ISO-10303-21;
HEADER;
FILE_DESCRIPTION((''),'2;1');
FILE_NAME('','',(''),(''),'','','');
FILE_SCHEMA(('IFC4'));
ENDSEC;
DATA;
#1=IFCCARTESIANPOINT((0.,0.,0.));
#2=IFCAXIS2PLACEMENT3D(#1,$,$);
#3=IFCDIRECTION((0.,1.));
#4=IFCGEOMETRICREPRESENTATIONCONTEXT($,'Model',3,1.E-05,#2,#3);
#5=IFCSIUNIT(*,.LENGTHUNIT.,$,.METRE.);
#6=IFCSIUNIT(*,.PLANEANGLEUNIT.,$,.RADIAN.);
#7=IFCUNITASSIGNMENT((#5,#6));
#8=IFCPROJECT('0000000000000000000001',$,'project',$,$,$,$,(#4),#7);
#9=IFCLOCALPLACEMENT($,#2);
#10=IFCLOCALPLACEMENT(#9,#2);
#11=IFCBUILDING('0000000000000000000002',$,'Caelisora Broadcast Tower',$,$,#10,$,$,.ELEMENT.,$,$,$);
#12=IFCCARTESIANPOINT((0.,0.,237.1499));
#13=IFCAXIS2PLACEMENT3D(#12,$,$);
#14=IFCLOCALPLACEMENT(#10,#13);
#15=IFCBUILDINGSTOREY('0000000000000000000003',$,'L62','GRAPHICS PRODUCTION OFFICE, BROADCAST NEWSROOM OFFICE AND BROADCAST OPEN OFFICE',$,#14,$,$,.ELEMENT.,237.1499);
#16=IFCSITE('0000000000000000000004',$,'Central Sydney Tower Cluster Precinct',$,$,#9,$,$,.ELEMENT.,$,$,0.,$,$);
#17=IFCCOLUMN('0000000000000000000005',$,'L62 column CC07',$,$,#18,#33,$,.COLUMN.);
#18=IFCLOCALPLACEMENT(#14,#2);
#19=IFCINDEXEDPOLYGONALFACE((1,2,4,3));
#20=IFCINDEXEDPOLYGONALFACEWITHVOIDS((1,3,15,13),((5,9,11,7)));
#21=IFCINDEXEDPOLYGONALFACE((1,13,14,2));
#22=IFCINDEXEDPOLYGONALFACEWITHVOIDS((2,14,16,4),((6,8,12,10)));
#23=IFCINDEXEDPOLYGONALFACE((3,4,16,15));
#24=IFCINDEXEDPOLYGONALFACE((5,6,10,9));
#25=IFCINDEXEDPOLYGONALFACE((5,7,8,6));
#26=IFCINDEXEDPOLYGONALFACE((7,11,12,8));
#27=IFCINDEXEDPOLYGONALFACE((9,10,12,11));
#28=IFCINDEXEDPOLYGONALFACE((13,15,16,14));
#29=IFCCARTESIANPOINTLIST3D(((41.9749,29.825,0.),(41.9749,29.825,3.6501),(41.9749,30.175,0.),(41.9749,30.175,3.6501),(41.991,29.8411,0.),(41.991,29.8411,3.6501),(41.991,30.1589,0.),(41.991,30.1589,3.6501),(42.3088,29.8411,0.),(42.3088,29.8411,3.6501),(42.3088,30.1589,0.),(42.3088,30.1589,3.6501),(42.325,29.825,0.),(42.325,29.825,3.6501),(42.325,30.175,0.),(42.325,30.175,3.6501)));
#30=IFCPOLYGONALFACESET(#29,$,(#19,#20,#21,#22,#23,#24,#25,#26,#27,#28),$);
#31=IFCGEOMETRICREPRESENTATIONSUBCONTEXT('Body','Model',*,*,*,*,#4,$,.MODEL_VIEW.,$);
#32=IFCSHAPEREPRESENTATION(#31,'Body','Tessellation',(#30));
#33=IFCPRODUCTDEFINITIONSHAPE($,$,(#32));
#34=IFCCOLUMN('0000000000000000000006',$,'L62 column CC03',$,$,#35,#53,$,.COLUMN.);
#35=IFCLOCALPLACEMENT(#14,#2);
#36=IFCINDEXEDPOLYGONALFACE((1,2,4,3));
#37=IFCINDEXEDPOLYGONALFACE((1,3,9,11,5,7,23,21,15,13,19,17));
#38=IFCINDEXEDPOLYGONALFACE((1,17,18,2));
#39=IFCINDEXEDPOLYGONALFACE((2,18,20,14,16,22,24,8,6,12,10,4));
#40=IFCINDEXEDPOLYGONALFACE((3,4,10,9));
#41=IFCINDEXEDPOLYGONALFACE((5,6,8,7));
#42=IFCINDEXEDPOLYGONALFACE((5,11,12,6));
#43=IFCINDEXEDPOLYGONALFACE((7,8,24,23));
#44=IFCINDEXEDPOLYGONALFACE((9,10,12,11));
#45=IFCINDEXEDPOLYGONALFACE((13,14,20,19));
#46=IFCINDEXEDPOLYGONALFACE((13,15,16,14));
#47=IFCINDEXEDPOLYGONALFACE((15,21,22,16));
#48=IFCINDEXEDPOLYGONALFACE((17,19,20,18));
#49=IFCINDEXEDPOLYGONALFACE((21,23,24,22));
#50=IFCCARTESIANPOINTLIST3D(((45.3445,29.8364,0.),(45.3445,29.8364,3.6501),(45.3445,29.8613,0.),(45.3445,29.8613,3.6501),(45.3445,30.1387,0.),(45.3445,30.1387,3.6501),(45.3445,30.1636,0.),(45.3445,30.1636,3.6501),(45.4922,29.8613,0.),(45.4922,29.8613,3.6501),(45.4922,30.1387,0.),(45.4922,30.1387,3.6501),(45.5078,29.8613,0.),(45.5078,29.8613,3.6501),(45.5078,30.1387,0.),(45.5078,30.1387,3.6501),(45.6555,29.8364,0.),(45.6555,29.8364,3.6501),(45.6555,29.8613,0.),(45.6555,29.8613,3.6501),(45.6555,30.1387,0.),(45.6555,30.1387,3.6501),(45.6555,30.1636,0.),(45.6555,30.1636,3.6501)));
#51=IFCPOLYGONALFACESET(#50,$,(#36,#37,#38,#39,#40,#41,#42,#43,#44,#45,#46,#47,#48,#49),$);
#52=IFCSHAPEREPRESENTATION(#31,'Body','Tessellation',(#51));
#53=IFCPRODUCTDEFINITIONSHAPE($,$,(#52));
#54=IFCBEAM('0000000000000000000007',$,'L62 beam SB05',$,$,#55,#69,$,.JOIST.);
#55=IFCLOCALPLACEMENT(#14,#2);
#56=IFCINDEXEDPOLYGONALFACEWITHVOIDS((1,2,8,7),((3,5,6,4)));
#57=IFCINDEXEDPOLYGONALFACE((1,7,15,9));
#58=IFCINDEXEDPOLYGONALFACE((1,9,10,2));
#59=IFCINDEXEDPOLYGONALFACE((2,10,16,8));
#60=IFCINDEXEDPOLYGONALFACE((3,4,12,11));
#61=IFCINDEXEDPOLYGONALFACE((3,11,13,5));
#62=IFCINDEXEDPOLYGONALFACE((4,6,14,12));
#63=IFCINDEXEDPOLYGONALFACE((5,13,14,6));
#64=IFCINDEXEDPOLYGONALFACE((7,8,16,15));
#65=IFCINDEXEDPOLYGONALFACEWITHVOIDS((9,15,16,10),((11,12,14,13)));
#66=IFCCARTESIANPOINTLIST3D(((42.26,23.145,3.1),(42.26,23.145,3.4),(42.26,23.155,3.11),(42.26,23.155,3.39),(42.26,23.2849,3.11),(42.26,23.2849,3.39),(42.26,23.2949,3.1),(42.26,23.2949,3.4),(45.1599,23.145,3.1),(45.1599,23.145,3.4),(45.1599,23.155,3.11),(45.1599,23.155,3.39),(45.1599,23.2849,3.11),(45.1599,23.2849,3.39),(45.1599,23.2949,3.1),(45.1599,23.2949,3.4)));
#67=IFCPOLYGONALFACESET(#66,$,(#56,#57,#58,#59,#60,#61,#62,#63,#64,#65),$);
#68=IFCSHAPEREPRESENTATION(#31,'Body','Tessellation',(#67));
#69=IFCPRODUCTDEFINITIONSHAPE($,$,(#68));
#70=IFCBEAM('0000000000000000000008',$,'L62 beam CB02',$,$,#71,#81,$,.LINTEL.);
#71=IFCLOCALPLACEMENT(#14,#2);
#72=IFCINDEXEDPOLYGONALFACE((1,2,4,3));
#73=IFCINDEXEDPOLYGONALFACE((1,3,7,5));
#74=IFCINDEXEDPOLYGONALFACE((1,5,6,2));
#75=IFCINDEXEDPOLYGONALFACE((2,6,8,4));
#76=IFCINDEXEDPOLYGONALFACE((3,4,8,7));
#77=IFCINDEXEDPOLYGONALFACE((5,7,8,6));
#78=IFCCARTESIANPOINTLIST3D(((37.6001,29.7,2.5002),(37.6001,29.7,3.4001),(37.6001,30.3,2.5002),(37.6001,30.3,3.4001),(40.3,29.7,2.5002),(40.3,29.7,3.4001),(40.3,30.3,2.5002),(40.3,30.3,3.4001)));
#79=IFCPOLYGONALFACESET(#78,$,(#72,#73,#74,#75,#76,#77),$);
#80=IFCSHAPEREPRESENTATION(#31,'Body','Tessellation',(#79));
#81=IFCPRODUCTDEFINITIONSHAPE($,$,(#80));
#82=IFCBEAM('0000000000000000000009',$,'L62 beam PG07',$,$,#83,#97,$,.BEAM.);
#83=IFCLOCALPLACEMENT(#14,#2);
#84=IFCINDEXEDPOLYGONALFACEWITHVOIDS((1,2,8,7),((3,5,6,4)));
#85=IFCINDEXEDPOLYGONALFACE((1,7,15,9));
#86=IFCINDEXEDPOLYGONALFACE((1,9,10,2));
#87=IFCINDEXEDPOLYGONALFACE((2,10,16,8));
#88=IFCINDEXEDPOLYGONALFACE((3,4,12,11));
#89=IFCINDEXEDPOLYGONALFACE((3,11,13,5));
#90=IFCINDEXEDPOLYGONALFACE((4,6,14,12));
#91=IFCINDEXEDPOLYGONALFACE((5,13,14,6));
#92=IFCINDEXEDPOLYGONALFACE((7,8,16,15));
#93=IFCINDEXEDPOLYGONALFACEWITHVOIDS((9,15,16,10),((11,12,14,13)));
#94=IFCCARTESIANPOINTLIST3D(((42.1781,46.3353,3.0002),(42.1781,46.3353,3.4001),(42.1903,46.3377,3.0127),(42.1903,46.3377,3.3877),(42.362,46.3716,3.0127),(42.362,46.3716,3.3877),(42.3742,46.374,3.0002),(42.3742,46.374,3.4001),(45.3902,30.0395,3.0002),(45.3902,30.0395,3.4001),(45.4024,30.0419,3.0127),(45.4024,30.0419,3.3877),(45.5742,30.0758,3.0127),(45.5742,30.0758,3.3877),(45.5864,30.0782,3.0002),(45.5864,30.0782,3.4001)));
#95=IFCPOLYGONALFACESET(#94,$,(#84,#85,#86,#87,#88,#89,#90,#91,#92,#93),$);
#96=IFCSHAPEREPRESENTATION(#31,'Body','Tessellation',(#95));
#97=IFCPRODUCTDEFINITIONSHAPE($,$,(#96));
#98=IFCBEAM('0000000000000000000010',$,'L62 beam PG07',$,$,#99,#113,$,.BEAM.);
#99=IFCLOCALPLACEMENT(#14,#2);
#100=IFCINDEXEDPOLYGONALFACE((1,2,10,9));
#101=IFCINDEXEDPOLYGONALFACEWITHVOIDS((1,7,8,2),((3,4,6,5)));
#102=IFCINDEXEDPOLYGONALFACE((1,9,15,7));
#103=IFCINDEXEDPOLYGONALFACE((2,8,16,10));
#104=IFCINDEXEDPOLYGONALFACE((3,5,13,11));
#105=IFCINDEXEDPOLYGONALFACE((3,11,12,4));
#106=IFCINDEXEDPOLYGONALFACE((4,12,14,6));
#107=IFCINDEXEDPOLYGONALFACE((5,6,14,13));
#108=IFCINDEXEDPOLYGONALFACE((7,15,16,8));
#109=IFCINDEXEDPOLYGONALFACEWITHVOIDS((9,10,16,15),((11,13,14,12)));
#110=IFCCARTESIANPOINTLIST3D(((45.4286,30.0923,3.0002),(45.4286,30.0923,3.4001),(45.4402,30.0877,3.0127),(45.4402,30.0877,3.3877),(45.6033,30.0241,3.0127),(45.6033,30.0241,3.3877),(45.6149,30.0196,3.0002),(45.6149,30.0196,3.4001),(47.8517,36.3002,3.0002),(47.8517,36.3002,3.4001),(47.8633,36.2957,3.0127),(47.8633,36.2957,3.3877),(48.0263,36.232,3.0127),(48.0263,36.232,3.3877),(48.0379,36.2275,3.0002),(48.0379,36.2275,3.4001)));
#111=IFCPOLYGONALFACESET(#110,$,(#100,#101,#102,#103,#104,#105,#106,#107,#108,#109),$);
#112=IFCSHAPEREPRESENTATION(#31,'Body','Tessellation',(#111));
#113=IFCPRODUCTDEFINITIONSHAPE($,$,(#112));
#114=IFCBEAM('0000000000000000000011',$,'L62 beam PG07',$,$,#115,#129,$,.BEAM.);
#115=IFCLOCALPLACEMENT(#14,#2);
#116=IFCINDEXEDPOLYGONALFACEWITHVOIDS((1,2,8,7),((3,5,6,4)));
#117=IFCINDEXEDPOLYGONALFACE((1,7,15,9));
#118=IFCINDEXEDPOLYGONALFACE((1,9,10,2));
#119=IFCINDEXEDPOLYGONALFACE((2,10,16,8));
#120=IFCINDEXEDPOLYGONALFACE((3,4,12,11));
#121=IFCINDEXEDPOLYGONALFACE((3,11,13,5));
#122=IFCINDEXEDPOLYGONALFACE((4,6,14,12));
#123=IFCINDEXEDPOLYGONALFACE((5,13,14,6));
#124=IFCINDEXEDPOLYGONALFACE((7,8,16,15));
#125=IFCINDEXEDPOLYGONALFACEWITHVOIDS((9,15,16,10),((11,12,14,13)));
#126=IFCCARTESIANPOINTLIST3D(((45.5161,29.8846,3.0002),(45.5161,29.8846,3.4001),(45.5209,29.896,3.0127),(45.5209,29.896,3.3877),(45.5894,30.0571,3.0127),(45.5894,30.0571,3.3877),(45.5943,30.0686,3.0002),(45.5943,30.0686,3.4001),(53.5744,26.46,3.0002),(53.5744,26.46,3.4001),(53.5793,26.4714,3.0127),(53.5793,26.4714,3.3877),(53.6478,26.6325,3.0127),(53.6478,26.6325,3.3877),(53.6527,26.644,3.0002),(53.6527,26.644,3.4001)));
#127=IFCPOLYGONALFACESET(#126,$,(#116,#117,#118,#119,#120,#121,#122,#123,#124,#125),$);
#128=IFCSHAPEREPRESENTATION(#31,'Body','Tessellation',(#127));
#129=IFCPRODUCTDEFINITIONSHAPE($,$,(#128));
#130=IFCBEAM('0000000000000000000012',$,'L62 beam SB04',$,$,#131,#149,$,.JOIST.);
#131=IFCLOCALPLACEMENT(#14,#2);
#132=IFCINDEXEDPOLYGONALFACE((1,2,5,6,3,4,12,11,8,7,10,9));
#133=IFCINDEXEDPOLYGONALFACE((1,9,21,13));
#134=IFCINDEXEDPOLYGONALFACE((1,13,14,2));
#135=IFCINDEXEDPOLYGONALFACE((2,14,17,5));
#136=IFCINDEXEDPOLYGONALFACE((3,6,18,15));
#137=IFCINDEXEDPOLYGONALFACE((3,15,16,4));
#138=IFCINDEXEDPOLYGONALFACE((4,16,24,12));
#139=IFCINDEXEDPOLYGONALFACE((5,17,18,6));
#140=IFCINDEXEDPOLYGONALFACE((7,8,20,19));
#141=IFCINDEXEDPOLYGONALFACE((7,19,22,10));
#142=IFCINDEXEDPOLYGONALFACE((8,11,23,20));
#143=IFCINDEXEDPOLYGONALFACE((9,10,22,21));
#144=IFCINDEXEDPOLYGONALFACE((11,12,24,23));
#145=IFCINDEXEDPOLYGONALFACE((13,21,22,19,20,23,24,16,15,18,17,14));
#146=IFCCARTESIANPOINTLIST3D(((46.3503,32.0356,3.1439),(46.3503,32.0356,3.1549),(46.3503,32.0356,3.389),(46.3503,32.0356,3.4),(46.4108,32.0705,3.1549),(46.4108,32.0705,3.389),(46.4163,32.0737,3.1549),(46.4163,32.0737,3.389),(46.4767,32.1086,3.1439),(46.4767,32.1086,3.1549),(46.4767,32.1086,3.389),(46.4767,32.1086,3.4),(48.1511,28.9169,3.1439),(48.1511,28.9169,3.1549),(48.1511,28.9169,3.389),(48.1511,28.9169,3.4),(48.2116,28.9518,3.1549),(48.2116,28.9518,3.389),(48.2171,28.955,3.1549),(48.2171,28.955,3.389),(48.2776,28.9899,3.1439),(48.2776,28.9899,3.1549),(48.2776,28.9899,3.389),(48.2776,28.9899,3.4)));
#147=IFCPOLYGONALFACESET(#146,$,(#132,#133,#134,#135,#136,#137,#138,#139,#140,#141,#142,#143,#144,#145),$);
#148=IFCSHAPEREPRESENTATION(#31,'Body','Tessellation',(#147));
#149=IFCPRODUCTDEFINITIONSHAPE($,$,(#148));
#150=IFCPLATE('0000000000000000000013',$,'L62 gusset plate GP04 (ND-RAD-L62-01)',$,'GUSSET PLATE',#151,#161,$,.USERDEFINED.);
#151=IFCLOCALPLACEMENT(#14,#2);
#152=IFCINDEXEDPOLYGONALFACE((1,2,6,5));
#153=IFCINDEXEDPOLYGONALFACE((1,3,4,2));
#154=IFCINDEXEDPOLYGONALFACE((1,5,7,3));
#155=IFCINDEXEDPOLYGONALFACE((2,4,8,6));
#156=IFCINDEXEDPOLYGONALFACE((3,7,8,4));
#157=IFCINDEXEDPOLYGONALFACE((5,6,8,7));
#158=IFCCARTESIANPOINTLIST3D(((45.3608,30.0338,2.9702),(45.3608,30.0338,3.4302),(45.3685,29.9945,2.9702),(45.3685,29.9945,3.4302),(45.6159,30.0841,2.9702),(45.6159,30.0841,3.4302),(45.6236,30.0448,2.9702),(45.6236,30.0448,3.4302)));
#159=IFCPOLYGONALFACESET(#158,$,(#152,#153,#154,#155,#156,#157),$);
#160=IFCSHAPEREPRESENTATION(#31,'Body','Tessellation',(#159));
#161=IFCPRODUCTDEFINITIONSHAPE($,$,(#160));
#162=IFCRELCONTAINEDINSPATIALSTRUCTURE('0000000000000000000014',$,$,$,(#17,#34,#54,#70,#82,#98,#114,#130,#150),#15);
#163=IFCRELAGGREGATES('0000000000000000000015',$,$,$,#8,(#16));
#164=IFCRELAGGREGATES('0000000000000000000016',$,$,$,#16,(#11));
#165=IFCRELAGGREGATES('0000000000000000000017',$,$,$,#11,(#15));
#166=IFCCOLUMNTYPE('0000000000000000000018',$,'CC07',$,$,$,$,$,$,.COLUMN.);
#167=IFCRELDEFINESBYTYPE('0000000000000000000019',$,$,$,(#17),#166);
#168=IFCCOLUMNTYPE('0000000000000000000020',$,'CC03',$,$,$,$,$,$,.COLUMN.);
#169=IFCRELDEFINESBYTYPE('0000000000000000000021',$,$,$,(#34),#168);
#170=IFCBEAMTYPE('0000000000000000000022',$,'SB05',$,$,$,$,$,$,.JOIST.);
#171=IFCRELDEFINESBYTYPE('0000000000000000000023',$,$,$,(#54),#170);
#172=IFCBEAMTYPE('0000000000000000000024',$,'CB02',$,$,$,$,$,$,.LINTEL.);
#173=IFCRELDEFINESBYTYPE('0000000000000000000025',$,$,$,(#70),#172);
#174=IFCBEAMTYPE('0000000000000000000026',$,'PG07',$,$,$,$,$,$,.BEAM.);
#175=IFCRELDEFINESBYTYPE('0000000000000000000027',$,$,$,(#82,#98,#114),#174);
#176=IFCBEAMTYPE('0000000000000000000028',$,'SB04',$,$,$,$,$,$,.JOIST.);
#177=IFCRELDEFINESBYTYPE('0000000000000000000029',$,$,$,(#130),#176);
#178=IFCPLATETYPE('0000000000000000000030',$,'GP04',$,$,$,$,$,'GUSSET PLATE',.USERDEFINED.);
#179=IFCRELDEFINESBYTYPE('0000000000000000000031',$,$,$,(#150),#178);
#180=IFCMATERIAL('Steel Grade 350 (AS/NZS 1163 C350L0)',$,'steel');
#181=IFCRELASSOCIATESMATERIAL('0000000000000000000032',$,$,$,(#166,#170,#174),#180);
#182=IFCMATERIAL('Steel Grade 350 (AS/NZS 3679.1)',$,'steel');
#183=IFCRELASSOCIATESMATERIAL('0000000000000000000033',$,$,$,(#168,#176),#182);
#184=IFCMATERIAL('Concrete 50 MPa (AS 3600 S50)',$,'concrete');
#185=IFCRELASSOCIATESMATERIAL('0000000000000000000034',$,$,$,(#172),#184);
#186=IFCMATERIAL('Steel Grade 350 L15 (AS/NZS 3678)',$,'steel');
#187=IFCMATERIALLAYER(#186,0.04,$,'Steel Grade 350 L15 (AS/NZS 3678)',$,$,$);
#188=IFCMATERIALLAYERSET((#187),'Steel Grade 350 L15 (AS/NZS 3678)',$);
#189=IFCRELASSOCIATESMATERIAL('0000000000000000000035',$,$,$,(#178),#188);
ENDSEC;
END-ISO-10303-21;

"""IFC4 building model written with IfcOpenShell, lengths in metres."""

from ifc_helpers import new_model, si_unit, direction, frame, origin, origin_2d, place, context, subcontext, project, spatial, rectangle, hollow_rectangle, i_section, extrude, source, transform, mapped, material, layer, layer_set, material_profile, profile_set, type_object, type_shapes, element, save


model = new_model("IFC4")

# Units and contexts
model_context = context("Model", 3, precision=1e-05, world=origin(), true_north=direction((0.0, 1.0)))
body_context = subcontext(model_context, "Body", "Model", "MODEL_VIEW")
ifc_project = project(units=[si_unit("LENGTHUNIT", "METRE"), si_unit("PLANEANGLEUNIT", "RADIAN")], contexts=[model_context])

# Site, building, storey
site_placement = place(None, origin())
site = spatial("IfcSite", under=ifc_project, at=site_placement, Name="Central Sydney Tower Cluster Precinct", CompositionType="ELEMENT", RefElevation=0.0)
building_placement = place(site_placement, origin())
building = spatial("IfcBuilding", under=site, at=building_placement, Name="Caelisora Broadcast Tower", CompositionType="ELEMENT")
storey_placement = place(building_placement, frame((0.0, 0.0, 237.1499)))
storey = spatial("IfcBuildingStorey", under=building, at=storey_placement, Name="L62", Description="GRAPHICS PRODUCTION OFFICE, BROADCAST NEWSROOM OFFICE AND BROADCAST OPEN OFFICE", CompositionType="ELEMENT", Elevation=237.1499)

# Columns
ifc_material_1 = material(Name="Steel Grade 350 (AS/NZS 1163 C350L0)", Category="steel")
ifc_material_profile_1 = material_profile(ifc_material_1, hollow_rectangle(XDim=0.3501, YDim=0.3501, WallThickness=0.0161, at=origin_2d()), Name="Steel Grade 350 (AS/NZS 1163 C350L0)")
ifc_profile_set_1 = profile_set([ifc_material_profile_1], Name="Steel Grade 350 (AS/NZS 1163 C350L0)")
column_type_1 = type_object("IfcColumnType", Name="CC07", PredefinedType="COLUMN", material=ifc_profile_set_1)
shared_shape_1 = source(origin(), body_context, "Body", "SweptSolid", [
    extrude(hollow_rectangle(XDim=0.3501, YDim=0.3501, WallThickness=0.0161, at=origin_2d()), origin(), (0.0, 0.0, 1.0), 3.6501),
])
type_shapes(column_type_1, [shared_shape_1])
column_1_placement = place(storey_placement, frame((42.1499, 30.0, 0.0), z_axis=(0.0, 0.0, 1.0), x_axis=(1.0, 0.0, 0.0)))
element("IfcColumn", 1, at=column_1_placement, inside=storey, type_object=column_type_1, Name="L62 column CC07", PredefinedType="COLUMN", context=body_context, shape_type="MappedRepresentation", body=[
    mapped(shared_shape_1, transform((0.0, 0.0, 0.0), scale=1.0)),
])
ifc_material_2 = material(Name="Steel Grade 350 (AS/NZS 3679.1)", Category="steel")
ifc_material_profile_2 = material_profile(ifc_material_2, i_section(OverallWidth=0.311, OverallDepth=0.3271, WebThickness=0.0156, FlangeThickness=0.0249, at=origin_2d()), Name="Steel Grade 350 (AS/NZS 3679.1)")
ifc_profile_set_2 = profile_set([ifc_material_profile_2], Name="Steel Grade 350 (AS/NZS 3679.1)")
column_type_2 = type_object("IfcColumnType", Name="CC03", PredefinedType="COLUMN", material=ifc_profile_set_2)
shared_shape_2 = source(origin(), body_context, "Body", "SweptSolid", [
    extrude(i_section(OverallWidth=0.311, OverallDepth=0.3271, WebThickness=0.0156, FlangeThickness=0.0249, at=origin_2d()), origin(), (0.0, 0.0, 1.0), 3.6501),
])
type_shapes(column_type_2, [shared_shape_2])
column_2_placement = place(storey_placement, frame((45.5, 30.0, 0.0), z_axis=(0.0, 0.0, 1.0), x_axis=(1.0, 0.0, 0.0)))
element("IfcColumn", 2, at=column_2_placement, inside=storey, type_object=column_type_2, Name="L62 column CC03", PredefinedType="COLUMN", context=body_context, shape_type="MappedRepresentation", body=[
    mapped(shared_shape_2, transform((0.0, 0.0, 0.0), scale=1.0)),
])

# Beams
ifc_material_profile_3 = material_profile(ifc_material_1, hollow_rectangle(XDim=0.1499, YDim=0.3, WallThickness=0.01, at=origin_2d()), Name="Steel Grade 350 (AS/NZS 1163 C350L0)")
ifc_profile_set_3 = profile_set([ifc_material_profile_3], Name="Steel Grade 350 (AS/NZS 1163 C350L0)")
beam_type_1 = type_object("IfcBeamType", Name="SB05", PredefinedType="JOIST", material=ifc_profile_set_3)
shared_shape_3 = source(origin(), body_context, "Body", "SweptSolid", [
    extrude(hollow_rectangle(XDim=0.1499, YDim=0.3, WallThickness=0.01, at=origin_2d()), origin(), (0.0, 0.0, 1.0), 2.8999),
])
type_shapes(beam_type_1, [shared_shape_3])
beam_1_placement = place(storey_placement, frame((42.26, 23.22, 3.25), z_axis=(1.0, 0.0, 0.0), x_axis=(0.0, 1.0, 0.0)))
element("IfcBeam", 3, at=beam_1_placement, inside=storey, type_object=beam_type_1, Name="L62 beam SB05", PredefinedType="JOIST", context=body_context, shape_type="MappedRepresentation", body=[
    mapped(shared_shape_3, transform((0.0, 0.0, 0.0), scale=1.0)),
])
ifc_material_3 = material(Name="Concrete 50 MPa (AS 3600 S50)", Category="concrete")
ifc_material_profile_4 = material_profile(ifc_material_3, rectangle(XDim=0.6001, YDim=0.8999, at=origin_2d()), Name="Concrete 50 MPa (AS 3600 S50)")
ifc_profile_set_4 = profile_set([ifc_material_profile_4], Name="Concrete 50 MPa (AS 3600 S50)")
beam_type_2 = type_object("IfcBeamType", Name="CB02", PredefinedType="LINTEL", material=ifc_profile_set_4)
shared_shape_4 = source(origin(), body_context, "Body", "SweptSolid", [
    extrude(rectangle(XDim=0.6001, YDim=0.8999, at=origin_2d()), origin(), (0.0, 0.0, 1.0), 2.7),
])
type_shapes(beam_type_2, [shared_shape_4])
beam_2_placement = place(storey_placement, frame((37.6001, 30.0, 2.9502), z_axis=(1.0, 0.0, 0.0), x_axis=(0.0, 1.0, 0.0)))
element("IfcBeam", 4, at=beam_2_placement, inside=storey, type_object=beam_type_2, Name="L62 beam CB02", PredefinedType="LINTEL", context=body_context, shape_type="MappedRepresentation", body=[
    mapped(shared_shape_4, transform((0.0, 0.0, 0.0), scale=1.0)),
])
ifc_material_profile_5 = material_profile(ifc_material_1, hollow_rectangle(XDim=0.2, YDim=0.3999, WallThickness=0.0125, at=origin_2d()), Name="Steel Grade 350 (AS/NZS 1163 C350L0)")
ifc_profile_set_5 = profile_set([ifc_material_profile_5], Name="Steel Grade 350 (AS/NZS 1163 C350L0)")
beam_type_3 = type_object("IfcBeamType", Name="PG07", PredefinedType="BEAM", material=ifc_profile_set_5)
shared_shape_5 = source(origin(), body_context, "Body", "SweptSolid", [
    extrude(hollow_rectangle(XDim=0.2, YDim=0.3999, WallThickness=0.0125, at=origin_2d()), origin(), (0.0, 0.0, 1.0), 16.6094),
])
beam_3_placement = place(storey_placement, frame((45.4883, 30.0588, 3.2002), z_axis=(-0.193393, 0.981121, 0.0), x_axis=(-0.981121, -0.193393, 0.0)))
element("IfcBeam", 5, at=beam_3_placement, inside=storey, type_object=beam_type_3, Name="L62 beam PG07", PredefinedType="BEAM", context=body_context, shape_type="MappedRepresentation", body=[
    mapped(shared_shape_5, transform((0.0, 0.0, 0.0), scale=1.0)),
])
shared_shape_6 = source(origin(), body_context, "Body", "SweptSolid", [
    extrude(hollow_rectangle(XDim=0.2, YDim=0.3999, WallThickness=0.0125, at=origin_2d()), origin(), (0.0, 0.0, 1.0), 6.6641),
])
beam_4_placement = place(storey_placement, frame((45.5217, 30.0559, 3.2002), z_axis=(0.363602, 0.931554, 0.0), x_axis=(-0.931554, 0.363602, 0.0)))
element("IfcBeam", 6, at=beam_4_placement, inside=storey, type_object=beam_type_3, Name="L62 beam PG07", PredefinedType="BEAM", context=body_context, shape_type="MappedRepresentation", body=[
    mapped(shared_shape_6, transform((0.0, 0.0, 0.0), scale=1.0)),
])
shared_shape_7 = source(origin(), body_context, "Body", "SweptSolid", [
    extrude(hollow_rectangle(XDim=0.2, YDim=0.3999, WallThickness=0.0125, at=origin_2d()), origin(), (0.0, 0.0, 1.0), 8.7559),
])
type_shapes(beam_type_3, [shared_shape_5, shared_shape_6, shared_shape_7])
beam_5_placement = place(storey_placement, frame((45.5552, 29.9766, 3.2002), z_axis=(0.920341, -0.391118, 0.0), x_axis=(0.391118, 0.920341, 0.0)))
element("IfcBeam", 7, at=beam_5_placement, inside=storey, type_object=beam_type_3, Name="L62 beam PG07", PredefinedType="BEAM", context=body_context, shape_type="MappedRepresentation", body=[
    mapped(shared_shape_7, transform((0.0, 0.0, 0.0), scale=1.0)),
])
ifc_material_profile_6 = material_profile(ifc_material_2, i_section(OverallWidth=0.146, OverallDepth=0.2561, WebThickness=0.0063, FlangeThickness=0.011, at=origin_2d()), Name="Steel Grade 350 (AS/NZS 3679.1)")
ifc_profile_set_6 = profile_set([ifc_material_profile_6], Name="Steel Grade 350 (AS/NZS 3679.1)")
beam_type_4 = type_object("IfcBeamType", Name="SB04", PredefinedType="JOIST", material=ifc_profile_set_6)
shared_shape_8 = source(origin(), body_context, "Body", "SweptSolid", [
    extrude(i_section(OverallWidth=0.146, OverallDepth=0.2561, WebThickness=0.0063, FlangeThickness=0.011, at=origin_2d()), origin(), (0.0, 0.0, 1.0), 3.6013),
])
type_shapes(beam_type_4, [shared_shape_8])
beam_6_placement = place(storey_placement, frame((48.2144, 28.9534, 3.272), z_axis=(-0.500047, 0.865998, 0.0), x_axis=(-0.865998, -0.500047, 0.0)))
element("IfcBeam", 8, at=beam_6_placement, inside=storey, type_object=beam_type_4, Name="L62 beam SB04", PredefinedType="JOIST", context=body_context, shape_type="MappedRepresentation", body=[
    mapped(shared_shape_8, transform((0.0, 0.0, 0.0), scale=1.0)),
])

# Plate
ifc_material_4 = material(Name="Steel Grade 350 L15 (AS/NZS 3678)", Category="steel")
ifc_layer_1 = layer(ifc_material_4, 0.04, Name="Steel Grade 350 L15 (AS/NZS 3678)")
ifc_layer_set_1 = layer_set([ifc_layer_1], Name="Steel Grade 350 L15 (AS/NZS 3678)")
plate_type = type_object("IfcPlateType", Name="GP04", ElementType="GUSSET PLATE", PredefinedType="USERDEFINED", material=ifc_layer_set_1)
shared_shape_9 = source(origin(), body_context, "Body", "SweptSolid", [
    extrude(rectangle(XDim=0.26, YDim=0.04, at=origin_2d()), origin(), (0.0, 0.0, 1.0), 0.46),
])
type_shapes(plate_type, [shared_shape_9])
for number, where, z_axis, x_axis, name in (
    (9, (45.4922, 30.0393, 2.9702), (0.0, 0.0, 1.0), (-0.981124, -0.193378, 0.0), "L62 gusset plate GP04 (ND-RAD-L62-01)"),
):
    element("IfcPlate", number, at=place(storey_placement, frame(where, z_axis=z_axis, x_axis=x_axis)), inside=storey, type_object=plate_type, Name=name, ObjectType="GUSSET PLATE", PredefinedType="USERDEFINED", context=body_context, shape_type="MappedRepresentation", body=[
        mapped(shared_shape_9, transform((0.0, 0.0, 0.0), scale=1.0)),
    ])

save(model, "model.ifc")
